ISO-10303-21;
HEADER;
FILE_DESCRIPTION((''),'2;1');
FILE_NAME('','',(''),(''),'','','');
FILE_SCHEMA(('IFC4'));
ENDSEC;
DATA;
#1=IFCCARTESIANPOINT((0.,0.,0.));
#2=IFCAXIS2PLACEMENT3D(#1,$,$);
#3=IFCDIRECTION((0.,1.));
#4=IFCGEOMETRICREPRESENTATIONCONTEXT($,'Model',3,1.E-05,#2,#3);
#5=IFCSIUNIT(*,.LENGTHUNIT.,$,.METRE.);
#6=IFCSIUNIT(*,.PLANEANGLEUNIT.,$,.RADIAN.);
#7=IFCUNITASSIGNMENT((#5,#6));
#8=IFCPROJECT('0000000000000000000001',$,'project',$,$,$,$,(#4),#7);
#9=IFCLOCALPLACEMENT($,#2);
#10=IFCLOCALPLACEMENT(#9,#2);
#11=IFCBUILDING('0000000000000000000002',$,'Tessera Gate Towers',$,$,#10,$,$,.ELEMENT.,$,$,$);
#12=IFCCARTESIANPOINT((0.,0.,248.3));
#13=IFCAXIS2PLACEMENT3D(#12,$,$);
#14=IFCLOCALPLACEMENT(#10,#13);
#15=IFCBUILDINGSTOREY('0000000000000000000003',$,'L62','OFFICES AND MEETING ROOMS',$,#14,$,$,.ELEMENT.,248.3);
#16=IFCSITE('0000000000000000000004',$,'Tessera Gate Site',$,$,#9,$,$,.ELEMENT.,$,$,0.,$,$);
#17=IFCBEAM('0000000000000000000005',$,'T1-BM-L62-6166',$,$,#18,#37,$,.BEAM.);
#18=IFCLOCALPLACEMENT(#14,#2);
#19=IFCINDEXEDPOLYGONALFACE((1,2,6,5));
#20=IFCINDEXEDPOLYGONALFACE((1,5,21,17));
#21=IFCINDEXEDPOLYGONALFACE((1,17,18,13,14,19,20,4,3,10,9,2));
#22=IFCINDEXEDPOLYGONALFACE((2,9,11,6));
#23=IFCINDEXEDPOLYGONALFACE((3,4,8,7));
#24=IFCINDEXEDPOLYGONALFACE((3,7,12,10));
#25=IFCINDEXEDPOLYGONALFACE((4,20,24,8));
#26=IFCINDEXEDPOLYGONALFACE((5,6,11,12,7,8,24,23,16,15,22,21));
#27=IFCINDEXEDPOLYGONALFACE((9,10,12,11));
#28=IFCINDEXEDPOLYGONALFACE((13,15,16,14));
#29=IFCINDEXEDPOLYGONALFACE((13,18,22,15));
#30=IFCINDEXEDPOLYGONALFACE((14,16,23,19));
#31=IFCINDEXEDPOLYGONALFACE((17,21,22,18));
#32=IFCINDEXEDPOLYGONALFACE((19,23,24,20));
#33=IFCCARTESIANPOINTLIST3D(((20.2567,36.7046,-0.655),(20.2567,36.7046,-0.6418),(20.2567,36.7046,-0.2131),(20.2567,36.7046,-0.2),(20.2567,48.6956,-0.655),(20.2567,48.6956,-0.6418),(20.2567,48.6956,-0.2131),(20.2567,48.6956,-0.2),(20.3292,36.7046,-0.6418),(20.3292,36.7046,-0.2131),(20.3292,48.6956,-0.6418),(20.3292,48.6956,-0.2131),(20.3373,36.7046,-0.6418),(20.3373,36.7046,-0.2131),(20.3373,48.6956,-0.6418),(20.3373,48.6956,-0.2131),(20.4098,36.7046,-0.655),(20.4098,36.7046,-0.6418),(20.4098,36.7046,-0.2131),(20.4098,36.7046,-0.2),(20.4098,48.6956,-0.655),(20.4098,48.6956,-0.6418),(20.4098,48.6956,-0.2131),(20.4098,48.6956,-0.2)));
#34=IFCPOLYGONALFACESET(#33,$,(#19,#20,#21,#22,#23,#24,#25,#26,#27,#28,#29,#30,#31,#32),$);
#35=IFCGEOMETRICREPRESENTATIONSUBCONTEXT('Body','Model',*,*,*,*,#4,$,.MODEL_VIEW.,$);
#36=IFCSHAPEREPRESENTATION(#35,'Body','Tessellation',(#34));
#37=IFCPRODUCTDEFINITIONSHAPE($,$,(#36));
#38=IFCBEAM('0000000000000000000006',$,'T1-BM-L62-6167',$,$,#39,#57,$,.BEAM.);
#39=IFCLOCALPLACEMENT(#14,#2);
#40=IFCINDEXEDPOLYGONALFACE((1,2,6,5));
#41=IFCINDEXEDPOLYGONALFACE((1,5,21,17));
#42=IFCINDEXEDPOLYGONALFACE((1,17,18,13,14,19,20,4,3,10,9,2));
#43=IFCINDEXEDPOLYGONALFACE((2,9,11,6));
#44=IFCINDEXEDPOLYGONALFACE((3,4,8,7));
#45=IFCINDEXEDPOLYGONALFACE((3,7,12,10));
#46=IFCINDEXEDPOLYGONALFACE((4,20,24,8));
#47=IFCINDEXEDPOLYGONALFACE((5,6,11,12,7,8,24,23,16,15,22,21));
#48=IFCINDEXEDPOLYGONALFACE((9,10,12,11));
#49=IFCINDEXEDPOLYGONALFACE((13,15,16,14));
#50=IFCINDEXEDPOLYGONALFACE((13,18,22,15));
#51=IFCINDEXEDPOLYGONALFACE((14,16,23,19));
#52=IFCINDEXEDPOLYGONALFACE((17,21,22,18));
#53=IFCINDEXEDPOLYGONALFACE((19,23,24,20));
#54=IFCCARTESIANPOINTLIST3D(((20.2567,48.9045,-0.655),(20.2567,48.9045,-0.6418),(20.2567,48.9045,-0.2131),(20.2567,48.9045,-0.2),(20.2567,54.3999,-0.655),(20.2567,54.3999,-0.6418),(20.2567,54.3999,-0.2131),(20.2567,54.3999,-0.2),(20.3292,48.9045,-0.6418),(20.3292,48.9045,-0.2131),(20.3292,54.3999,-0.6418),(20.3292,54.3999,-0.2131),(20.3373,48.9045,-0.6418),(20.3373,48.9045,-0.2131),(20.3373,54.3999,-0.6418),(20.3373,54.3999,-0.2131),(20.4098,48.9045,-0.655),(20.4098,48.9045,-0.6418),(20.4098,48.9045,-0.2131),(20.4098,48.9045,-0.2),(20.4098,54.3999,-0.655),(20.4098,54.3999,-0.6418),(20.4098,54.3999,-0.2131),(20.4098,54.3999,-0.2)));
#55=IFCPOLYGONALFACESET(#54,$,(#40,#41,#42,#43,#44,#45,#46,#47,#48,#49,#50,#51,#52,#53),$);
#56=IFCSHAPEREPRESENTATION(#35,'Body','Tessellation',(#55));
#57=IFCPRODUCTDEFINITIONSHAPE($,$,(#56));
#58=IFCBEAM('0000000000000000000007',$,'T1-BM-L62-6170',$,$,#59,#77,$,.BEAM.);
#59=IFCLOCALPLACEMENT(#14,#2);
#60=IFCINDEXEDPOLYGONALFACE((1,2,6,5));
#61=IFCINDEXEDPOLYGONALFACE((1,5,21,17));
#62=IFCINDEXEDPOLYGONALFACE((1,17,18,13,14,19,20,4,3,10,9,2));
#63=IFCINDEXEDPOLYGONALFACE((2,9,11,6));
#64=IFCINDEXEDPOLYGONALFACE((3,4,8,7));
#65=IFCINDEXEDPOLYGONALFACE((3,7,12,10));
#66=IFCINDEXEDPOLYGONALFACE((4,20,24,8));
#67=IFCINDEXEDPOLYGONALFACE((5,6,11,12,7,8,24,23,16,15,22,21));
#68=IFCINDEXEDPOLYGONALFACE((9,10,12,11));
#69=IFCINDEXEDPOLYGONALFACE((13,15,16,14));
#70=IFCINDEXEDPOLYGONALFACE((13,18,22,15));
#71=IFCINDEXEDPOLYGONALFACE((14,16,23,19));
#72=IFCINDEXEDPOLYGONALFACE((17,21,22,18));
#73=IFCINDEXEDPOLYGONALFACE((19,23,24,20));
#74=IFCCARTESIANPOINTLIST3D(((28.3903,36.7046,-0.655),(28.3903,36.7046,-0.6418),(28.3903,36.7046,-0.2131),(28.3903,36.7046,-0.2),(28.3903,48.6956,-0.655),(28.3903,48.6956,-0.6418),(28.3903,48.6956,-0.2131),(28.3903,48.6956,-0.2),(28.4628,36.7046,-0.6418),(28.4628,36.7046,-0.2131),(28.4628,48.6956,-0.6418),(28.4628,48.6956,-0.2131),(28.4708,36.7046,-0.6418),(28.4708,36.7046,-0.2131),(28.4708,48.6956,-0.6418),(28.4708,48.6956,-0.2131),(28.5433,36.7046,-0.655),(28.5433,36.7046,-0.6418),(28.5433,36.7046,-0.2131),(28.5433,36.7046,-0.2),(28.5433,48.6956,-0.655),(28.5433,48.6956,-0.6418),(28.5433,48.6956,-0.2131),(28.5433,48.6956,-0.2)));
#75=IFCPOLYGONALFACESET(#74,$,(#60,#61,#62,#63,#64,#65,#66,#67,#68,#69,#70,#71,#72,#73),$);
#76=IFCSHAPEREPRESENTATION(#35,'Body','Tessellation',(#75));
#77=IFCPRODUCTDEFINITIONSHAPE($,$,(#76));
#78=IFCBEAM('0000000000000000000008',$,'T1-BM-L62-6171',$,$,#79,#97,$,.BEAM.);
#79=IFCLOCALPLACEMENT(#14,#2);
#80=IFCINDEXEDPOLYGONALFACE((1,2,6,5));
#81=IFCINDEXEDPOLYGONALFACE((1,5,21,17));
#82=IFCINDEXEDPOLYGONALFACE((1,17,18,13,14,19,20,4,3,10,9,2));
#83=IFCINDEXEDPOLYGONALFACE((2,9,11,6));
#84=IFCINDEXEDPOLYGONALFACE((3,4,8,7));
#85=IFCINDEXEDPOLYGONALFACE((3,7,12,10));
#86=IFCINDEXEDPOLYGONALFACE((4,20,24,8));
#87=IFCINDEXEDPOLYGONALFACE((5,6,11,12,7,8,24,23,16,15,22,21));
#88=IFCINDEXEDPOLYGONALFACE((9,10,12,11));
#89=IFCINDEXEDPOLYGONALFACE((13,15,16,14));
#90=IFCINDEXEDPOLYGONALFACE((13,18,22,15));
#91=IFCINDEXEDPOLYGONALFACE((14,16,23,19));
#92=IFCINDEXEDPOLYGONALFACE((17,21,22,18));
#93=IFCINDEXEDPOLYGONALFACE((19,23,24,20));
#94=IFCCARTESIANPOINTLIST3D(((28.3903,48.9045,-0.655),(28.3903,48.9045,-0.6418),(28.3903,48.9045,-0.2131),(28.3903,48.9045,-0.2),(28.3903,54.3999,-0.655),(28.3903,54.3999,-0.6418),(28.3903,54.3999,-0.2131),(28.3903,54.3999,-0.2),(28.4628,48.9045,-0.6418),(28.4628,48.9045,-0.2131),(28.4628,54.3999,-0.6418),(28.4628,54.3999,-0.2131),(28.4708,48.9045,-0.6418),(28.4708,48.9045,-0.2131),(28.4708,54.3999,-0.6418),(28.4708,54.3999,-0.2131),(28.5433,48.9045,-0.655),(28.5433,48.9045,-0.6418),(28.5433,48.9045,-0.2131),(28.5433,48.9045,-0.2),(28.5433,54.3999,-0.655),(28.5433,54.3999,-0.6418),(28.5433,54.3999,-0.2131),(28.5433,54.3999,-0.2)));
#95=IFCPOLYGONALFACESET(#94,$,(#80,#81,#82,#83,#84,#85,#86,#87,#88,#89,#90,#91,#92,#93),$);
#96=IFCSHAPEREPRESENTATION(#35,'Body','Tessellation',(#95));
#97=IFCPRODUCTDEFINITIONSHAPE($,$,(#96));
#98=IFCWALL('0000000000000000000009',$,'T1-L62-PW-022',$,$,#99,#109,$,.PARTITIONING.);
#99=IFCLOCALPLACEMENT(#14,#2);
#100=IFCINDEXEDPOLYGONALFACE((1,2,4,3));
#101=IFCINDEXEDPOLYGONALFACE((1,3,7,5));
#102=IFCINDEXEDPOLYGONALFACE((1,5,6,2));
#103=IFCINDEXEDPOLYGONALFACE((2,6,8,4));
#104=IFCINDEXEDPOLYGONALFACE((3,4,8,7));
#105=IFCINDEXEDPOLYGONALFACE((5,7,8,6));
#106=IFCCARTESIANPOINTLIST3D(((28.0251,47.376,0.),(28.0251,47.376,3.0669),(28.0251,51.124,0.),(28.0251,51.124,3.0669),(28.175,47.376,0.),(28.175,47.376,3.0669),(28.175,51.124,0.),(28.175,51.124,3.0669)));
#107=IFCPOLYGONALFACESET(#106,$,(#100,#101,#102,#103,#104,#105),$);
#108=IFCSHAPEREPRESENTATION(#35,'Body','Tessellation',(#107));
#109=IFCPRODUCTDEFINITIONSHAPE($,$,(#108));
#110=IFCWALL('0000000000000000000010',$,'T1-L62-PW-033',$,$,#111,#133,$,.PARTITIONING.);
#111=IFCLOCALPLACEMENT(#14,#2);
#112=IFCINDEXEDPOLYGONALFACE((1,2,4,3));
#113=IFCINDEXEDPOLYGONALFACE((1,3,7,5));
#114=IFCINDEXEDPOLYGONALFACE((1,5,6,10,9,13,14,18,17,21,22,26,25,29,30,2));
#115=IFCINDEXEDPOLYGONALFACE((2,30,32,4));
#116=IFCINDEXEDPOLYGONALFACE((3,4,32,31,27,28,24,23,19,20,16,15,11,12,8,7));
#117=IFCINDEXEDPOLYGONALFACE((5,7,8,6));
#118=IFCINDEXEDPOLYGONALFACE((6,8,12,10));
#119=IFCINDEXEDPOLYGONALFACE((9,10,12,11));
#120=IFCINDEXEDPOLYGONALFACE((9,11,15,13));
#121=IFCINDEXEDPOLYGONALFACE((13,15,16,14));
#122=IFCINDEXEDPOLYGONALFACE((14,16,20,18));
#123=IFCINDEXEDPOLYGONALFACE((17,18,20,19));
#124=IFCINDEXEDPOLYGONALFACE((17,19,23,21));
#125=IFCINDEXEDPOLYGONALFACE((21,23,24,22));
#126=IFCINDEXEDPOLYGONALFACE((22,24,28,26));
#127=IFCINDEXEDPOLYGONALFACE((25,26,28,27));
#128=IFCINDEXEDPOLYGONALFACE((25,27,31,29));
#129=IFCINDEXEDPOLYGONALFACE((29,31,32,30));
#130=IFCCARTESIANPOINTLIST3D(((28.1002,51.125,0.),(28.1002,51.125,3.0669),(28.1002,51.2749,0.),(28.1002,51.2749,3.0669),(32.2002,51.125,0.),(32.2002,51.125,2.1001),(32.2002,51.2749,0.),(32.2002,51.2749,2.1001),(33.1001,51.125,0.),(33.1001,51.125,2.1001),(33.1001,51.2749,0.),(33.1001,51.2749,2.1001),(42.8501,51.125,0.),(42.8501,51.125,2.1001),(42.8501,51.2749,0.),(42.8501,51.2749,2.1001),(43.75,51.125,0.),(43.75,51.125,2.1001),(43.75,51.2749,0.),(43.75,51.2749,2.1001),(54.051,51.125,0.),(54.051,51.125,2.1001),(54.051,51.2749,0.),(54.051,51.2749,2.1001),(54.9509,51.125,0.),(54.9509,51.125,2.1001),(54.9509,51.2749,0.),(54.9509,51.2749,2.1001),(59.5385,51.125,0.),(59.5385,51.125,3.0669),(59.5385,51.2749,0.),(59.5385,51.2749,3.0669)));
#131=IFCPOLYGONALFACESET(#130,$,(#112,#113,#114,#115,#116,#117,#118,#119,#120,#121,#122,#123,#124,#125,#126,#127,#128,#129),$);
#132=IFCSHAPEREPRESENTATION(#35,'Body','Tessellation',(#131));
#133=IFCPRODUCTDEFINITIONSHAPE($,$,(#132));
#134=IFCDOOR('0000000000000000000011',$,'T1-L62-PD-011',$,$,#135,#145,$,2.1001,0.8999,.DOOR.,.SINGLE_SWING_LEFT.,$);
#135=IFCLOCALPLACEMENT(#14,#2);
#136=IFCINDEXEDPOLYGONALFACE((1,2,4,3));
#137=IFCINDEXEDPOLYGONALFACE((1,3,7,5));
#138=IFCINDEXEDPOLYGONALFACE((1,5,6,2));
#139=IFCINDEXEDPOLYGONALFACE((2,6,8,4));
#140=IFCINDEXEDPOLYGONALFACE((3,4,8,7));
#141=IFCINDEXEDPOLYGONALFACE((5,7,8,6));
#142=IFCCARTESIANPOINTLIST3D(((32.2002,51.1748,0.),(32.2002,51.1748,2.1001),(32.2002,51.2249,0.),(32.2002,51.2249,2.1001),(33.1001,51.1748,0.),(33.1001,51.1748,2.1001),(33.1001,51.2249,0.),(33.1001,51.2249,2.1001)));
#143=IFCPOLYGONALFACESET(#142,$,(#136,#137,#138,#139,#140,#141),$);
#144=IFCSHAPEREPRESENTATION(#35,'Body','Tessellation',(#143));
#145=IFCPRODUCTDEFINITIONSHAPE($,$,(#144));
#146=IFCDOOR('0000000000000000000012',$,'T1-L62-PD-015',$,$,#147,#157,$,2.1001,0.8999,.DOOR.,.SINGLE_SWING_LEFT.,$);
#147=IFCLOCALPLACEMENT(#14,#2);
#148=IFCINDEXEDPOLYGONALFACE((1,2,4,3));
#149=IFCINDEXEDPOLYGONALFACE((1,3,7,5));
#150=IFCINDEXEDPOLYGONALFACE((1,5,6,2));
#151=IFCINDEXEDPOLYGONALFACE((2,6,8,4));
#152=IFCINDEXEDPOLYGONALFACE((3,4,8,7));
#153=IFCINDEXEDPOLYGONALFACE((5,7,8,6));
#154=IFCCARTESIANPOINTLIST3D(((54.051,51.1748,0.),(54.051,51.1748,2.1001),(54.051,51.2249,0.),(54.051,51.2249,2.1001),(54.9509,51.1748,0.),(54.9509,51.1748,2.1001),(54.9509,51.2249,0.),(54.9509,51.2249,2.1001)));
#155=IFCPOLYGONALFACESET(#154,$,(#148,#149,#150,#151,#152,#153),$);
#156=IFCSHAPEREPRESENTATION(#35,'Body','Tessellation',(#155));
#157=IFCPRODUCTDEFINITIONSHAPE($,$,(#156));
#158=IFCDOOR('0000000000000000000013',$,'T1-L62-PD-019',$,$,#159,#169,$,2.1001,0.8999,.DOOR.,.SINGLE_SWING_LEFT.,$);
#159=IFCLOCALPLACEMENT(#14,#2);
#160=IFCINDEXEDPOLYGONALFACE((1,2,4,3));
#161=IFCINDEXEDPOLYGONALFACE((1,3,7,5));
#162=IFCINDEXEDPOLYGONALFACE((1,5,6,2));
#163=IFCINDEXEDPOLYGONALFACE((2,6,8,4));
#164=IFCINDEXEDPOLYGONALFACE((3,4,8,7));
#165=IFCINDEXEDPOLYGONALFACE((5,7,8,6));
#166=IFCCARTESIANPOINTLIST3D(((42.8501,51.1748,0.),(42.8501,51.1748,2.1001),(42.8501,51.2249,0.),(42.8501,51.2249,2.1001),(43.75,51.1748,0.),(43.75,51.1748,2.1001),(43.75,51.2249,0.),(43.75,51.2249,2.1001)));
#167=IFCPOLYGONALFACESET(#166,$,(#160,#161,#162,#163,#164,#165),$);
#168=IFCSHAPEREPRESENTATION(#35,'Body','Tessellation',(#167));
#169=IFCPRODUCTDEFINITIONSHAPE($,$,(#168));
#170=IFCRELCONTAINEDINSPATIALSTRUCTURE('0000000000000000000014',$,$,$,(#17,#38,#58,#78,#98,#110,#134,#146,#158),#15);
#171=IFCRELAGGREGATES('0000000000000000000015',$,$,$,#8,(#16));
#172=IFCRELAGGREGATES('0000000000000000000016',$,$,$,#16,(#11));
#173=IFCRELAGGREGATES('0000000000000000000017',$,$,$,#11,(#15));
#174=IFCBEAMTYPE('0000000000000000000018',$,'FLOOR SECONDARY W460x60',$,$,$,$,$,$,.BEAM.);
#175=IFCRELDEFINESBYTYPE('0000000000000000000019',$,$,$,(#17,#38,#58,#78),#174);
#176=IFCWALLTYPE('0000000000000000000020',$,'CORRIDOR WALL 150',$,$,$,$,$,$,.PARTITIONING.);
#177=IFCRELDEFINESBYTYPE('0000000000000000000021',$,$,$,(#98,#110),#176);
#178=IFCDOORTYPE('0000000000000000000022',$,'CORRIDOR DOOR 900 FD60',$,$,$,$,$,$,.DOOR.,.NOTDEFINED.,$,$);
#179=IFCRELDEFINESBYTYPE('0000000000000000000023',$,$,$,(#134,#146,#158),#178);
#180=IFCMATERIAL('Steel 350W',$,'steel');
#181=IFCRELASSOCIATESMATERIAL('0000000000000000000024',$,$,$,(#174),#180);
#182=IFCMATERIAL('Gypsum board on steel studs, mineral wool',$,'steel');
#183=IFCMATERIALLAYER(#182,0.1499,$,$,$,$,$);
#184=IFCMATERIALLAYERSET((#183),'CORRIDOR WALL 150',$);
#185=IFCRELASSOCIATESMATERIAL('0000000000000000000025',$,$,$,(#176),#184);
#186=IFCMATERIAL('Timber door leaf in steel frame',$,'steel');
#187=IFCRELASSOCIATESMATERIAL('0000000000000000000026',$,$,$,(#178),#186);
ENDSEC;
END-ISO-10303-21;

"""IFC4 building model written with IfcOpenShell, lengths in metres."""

from ifc_helpers import new_model, si_unit, direction, frame, frame_2d, origin, origin_2d, place, context, subcontext, project, spatial, rectangle, i_section, extrude, source, transform, mapped, material, layer, layer_set, material_profile, profile_set, type_object, element, fill, save


model = new_model("IFC4")

# Units and contexts
model_context = context("Model", 3, precision=1e-05, world=origin(), true_north=direction((0.0, 1.0)))
body_context = subcontext(model_context, "Body", "Model", "MODEL_VIEW")
ifc_project = project(units=[si_unit("LENGTHUNIT", "METRE"), si_unit("PLANEANGLEUNIT", "RADIAN")], contexts=[model_context])

# Site, building, storey
site_placement = place(None, origin())
site = spatial("IfcSite", under=ifc_project, at=site_placement, Name="Tessera Gate Site", CompositionType="ELEMENT", RefElevation=0.0)
building_placement = place(site_placement, origin())
building = spatial("IfcBuilding", under=site, at=building_placement, Name="Tessera Gate Towers", CompositionType="ELEMENT")
storey_placement = place(building_placement, frame((0.0, 0.0, 248.3)))
storey = spatial("IfcBuildingStorey", under=building, at=storey_placement, Name="L62", Description="OFFICES AND MEETING ROOMS", CompositionType="ELEMENT", Elevation=248.3)

# Beams
ifc_material_1 = material(Name="Steel 350W", Category="steel")
ifc_material_profile_1 = material_profile(ifc_material_1, i_section(OverallWidth=0.1531, OverallDepth=0.4551, WebThickness=0.0081, FlangeThickness=0.0132, at=origin_2d()), Name="W460x60")
ifc_profile_set_1 = profile_set([ifc_material_profile_1], Name="Steel 350W")
beam_type_1 = type_object("IfcBeamType", Name="FLOOR SECONDARY W460x60", PredefinedType="BEAM", material=ifc_profile_set_1)
beam_1_placement = place(storey_placement, frame((20.3333, 36.7046, -0.4275), z_axis=(0.0, 1.0, 0.0), x_axis=(-1.0, 0.0, 0.0)))
element("IfcBeam", 1, at=beam_1_placement, inside=storey, type_object=beam_type_1, Name="T1-BM-L62-6166", PredefinedType="BEAM", context=body_context, shape_type="SweptSolid", body=[
    extrude(i_section(OverallWidth=0.1531, OverallDepth=0.4551, WebThickness=0.0081, FlangeThickness=0.0132, at=origin_2d()), origin(), (0.0, 0.0, 1.0), 11.991),
])
beam_2_placement = place(storey_placement, frame((20.3333, 48.9045, -0.4275), z_axis=(0.0, 1.0, 0.0), x_axis=(-1.0, 0.0, 0.0)))
element("IfcBeam", 2, at=beam_2_placement, inside=storey, type_object=beam_type_1, Name="T1-BM-L62-6167", PredefinedType="BEAM", context=body_context, shape_type="SweptSolid", body=[
    extrude(i_section(OverallWidth=0.1531, OverallDepth=0.4551, WebThickness=0.0081, FlangeThickness=0.0132, at=origin_2d()), origin(), (0.0, 0.0, 1.0), 5.4954),
])
beam_3_placement = place(storey_placement, frame((28.4668, 36.7046, -0.4275), z_axis=(0.0, 1.0, 0.0), x_axis=(-1.0, 0.0, 0.0)))
element("IfcBeam", 3, at=beam_3_placement, inside=storey, type_object=beam_type_1, Name="T1-BM-L62-6170", PredefinedType="BEAM", context=body_context, shape_type="SweptSolid", body=[
    extrude(i_section(OverallWidth=0.1531, OverallDepth=0.4551, WebThickness=0.0081, FlangeThickness=0.0132, at=origin_2d()), origin(), (0.0, 0.0, 1.0), 11.991),
])
beam_4_placement = place(storey_placement, frame((28.4668, 48.9045, -0.4275), z_axis=(0.0, 1.0, 0.0), x_axis=(-1.0, 0.0, 0.0)))
element("IfcBeam", 4, at=beam_4_placement, inside=storey, type_object=beam_type_1, Name="T1-BM-L62-6171", PredefinedType="BEAM", context=body_context, shape_type="SweptSolid", body=[
    extrude(i_section(OverallWidth=0.1531, OverallDepth=0.4551, WebThickness=0.0081, FlangeThickness=0.0132, at=origin_2d()), origin(), (0.0, 0.0, 1.0), 5.4954),
])

# Wall
ifc_material_2 = material(Name="Gypsum board on steel studs, mineral wool", Category="steel")
ifc_layer_1 = layer(ifc_material_2, 0.1499)
ifc_layer_set_1 = layer_set([ifc_layer_1], Name="CORRIDOR WALL 150")
wall_type_1 = type_object("IfcWallType", Name="CORRIDOR WALL 150", PredefinedType="PARTITIONING", material=ifc_layer_set_1)
wall_1_placement = place(storey_placement, frame((28.1001, 47.376, 0.0), z_axis=(0.0, 0.0, 1.0), x_axis=(0.0, 1.0, 0.0)))
element("IfcWall", 5, at=wall_1_placement, inside=storey, type_object=wall_type_1, Name="T1-L62-PW-022", PredefinedType="PARTITIONING", context=body_context, shape_type="SweptSolid", body=[
    extrude(rectangle(XDim=3.748, YDim=0.1499, at=frame_2d((1.874, 0.0))), origin(), (0.0, 0.0, 1.0), 3.0669),
])

# Wall, openings, doors
wall_2_placement = place(storey_placement, frame((28.1001, 51.2, 0.0), z_axis=(0.0, 0.0, 1.0), x_axis=(1.0, 0.0, 0.0)))
wall_2 = element("IfcWall", 6, at=wall_2_placement, inside=storey, type_object=wall_type_1, Name="T1-L62-PW-033", PredefinedType="PARTITIONING", context=body_context, shape_type="SweptSolid", body=[
    extrude(rectangle(XDim=31.4382, YDim=0.1499, at=frame_2d((15.7192, 0.0))), origin(), (0.0, 0.0, 1.0), 3.0669),
])
shared_shape_1 = source(origin(), body_context, "Body", "SweptSolid", [
    extrude(rectangle(XDim=0.8999, YDim=2.1001, at=frame_2d((0.45, 1.05))), frame((0.0, 0.085, 0.0), z_axis=(0.0, -1.0, 0.0), x_axis=(1.0, 0.0, 0.0)), (0.0, 0.0, 1.0), 0.1699),
])
opening_1_placement = place(wall_2_placement, frame((4.1001, 0.0, 0.0)))
opening_1 = element("IfcOpeningElement", 7, at=opening_1_placement, cuts=wall_2, PredefinedType="OPENING", context=body_context, shape_type="MappedRepresentation", body=[
    mapped(shared_shape_1, transform((0.0, 0.0, 0.0), scale=1.0)),
])
opening_2_placement = place(wall_2_placement, frame((25.9509, 0.0, 0.0)))
opening_2 = element("IfcOpeningElement", 8, at=opening_2_placement, cuts=wall_2, PredefinedType="OPENING", context=body_context, shape_type="MappedRepresentation", body=[
    mapped(shared_shape_1, transform((0.0, 0.0, 0.0), scale=1.0)),
])
opening_3_placement = place(wall_2_placement, frame((14.75, 0.0, 0.0)))
opening_3 = element("IfcOpeningElement", 9, at=opening_3_placement, cuts=wall_2, PredefinedType="OPENING", context=body_context, shape_type="MappedRepresentation", body=[
    mapped(shared_shape_1, transform((0.0, 0.0, 0.0), scale=1.0)),
])
ifc_material_3 = material(Name="Timber door leaf in steel frame", Category="steel")
door_type_1 = type_object("IfcDoorType", Name="CORRIDOR DOOR 900 FD60", OperationType="NOTDEFINED", PredefinedType="DOOR", material=ifc_material_3)
shared_shape_2 = source(origin(), body_context, "Body", "SweptSolid", [
    extrude(rectangle(XDim=0.8999, YDim=2.1001, at=frame_2d((0.45, 1.05))), frame((0.0, 0.0249, 0.0), z_axis=(0.0, -1.0, 0.0), x_axis=(1.0, 0.0, 0.0)), (0.0, 0.0, 1.0), 0.05),
])
door_1_placement = place(opening_1_placement, origin())
door_1 = element("IfcDoor", 10, at=door_1_placement, inside=storey, type_object=door_type_1, Name="T1-L62-PD-011", OperationType="SINGLE_SWING_LEFT", OverallHeight=2.1001, OverallWidth=0.8999, PredefinedType="DOOR", context=body_context, shape_type="MappedRepresentation", body=[
    mapped(shared_shape_2, transform((0.0, 0.0, 0.0), scale=1.0)),
])
fill(opening_1, door_1)
door_2_placement = place(opening_2_placement, origin())
door_2 = element("IfcDoor", 11, at=door_2_placement, inside=storey, type_object=door_type_1, Name="T1-L62-PD-015", OperationType="SINGLE_SWING_LEFT", OverallHeight=2.1001, OverallWidth=0.8999, PredefinedType="DOOR", context=body_context, shape_type="MappedRepresentation", body=[
    mapped(shared_shape_2, transform((0.0, 0.0, 0.0), scale=1.0)),
])
fill(opening_2, door_2)
door_3_placement = place(opening_3_placement, origin())
door_3 = element("IfcDoor", 12, at=door_3_placement, inside=storey, type_object=door_type_1, Name="T1-L62-PD-019", OperationType="SINGLE_SWING_LEFT", OverallHeight=2.1001, OverallWidth=0.8999, PredefinedType="DOOR", context=body_context, shape_type="MappedRepresentation", body=[
    mapped(shared_shape_2, transform((0.0, 0.0, 0.0), scale=1.0)),
])
fill(opening_3, door_3)

save(model, "model.ifc")
